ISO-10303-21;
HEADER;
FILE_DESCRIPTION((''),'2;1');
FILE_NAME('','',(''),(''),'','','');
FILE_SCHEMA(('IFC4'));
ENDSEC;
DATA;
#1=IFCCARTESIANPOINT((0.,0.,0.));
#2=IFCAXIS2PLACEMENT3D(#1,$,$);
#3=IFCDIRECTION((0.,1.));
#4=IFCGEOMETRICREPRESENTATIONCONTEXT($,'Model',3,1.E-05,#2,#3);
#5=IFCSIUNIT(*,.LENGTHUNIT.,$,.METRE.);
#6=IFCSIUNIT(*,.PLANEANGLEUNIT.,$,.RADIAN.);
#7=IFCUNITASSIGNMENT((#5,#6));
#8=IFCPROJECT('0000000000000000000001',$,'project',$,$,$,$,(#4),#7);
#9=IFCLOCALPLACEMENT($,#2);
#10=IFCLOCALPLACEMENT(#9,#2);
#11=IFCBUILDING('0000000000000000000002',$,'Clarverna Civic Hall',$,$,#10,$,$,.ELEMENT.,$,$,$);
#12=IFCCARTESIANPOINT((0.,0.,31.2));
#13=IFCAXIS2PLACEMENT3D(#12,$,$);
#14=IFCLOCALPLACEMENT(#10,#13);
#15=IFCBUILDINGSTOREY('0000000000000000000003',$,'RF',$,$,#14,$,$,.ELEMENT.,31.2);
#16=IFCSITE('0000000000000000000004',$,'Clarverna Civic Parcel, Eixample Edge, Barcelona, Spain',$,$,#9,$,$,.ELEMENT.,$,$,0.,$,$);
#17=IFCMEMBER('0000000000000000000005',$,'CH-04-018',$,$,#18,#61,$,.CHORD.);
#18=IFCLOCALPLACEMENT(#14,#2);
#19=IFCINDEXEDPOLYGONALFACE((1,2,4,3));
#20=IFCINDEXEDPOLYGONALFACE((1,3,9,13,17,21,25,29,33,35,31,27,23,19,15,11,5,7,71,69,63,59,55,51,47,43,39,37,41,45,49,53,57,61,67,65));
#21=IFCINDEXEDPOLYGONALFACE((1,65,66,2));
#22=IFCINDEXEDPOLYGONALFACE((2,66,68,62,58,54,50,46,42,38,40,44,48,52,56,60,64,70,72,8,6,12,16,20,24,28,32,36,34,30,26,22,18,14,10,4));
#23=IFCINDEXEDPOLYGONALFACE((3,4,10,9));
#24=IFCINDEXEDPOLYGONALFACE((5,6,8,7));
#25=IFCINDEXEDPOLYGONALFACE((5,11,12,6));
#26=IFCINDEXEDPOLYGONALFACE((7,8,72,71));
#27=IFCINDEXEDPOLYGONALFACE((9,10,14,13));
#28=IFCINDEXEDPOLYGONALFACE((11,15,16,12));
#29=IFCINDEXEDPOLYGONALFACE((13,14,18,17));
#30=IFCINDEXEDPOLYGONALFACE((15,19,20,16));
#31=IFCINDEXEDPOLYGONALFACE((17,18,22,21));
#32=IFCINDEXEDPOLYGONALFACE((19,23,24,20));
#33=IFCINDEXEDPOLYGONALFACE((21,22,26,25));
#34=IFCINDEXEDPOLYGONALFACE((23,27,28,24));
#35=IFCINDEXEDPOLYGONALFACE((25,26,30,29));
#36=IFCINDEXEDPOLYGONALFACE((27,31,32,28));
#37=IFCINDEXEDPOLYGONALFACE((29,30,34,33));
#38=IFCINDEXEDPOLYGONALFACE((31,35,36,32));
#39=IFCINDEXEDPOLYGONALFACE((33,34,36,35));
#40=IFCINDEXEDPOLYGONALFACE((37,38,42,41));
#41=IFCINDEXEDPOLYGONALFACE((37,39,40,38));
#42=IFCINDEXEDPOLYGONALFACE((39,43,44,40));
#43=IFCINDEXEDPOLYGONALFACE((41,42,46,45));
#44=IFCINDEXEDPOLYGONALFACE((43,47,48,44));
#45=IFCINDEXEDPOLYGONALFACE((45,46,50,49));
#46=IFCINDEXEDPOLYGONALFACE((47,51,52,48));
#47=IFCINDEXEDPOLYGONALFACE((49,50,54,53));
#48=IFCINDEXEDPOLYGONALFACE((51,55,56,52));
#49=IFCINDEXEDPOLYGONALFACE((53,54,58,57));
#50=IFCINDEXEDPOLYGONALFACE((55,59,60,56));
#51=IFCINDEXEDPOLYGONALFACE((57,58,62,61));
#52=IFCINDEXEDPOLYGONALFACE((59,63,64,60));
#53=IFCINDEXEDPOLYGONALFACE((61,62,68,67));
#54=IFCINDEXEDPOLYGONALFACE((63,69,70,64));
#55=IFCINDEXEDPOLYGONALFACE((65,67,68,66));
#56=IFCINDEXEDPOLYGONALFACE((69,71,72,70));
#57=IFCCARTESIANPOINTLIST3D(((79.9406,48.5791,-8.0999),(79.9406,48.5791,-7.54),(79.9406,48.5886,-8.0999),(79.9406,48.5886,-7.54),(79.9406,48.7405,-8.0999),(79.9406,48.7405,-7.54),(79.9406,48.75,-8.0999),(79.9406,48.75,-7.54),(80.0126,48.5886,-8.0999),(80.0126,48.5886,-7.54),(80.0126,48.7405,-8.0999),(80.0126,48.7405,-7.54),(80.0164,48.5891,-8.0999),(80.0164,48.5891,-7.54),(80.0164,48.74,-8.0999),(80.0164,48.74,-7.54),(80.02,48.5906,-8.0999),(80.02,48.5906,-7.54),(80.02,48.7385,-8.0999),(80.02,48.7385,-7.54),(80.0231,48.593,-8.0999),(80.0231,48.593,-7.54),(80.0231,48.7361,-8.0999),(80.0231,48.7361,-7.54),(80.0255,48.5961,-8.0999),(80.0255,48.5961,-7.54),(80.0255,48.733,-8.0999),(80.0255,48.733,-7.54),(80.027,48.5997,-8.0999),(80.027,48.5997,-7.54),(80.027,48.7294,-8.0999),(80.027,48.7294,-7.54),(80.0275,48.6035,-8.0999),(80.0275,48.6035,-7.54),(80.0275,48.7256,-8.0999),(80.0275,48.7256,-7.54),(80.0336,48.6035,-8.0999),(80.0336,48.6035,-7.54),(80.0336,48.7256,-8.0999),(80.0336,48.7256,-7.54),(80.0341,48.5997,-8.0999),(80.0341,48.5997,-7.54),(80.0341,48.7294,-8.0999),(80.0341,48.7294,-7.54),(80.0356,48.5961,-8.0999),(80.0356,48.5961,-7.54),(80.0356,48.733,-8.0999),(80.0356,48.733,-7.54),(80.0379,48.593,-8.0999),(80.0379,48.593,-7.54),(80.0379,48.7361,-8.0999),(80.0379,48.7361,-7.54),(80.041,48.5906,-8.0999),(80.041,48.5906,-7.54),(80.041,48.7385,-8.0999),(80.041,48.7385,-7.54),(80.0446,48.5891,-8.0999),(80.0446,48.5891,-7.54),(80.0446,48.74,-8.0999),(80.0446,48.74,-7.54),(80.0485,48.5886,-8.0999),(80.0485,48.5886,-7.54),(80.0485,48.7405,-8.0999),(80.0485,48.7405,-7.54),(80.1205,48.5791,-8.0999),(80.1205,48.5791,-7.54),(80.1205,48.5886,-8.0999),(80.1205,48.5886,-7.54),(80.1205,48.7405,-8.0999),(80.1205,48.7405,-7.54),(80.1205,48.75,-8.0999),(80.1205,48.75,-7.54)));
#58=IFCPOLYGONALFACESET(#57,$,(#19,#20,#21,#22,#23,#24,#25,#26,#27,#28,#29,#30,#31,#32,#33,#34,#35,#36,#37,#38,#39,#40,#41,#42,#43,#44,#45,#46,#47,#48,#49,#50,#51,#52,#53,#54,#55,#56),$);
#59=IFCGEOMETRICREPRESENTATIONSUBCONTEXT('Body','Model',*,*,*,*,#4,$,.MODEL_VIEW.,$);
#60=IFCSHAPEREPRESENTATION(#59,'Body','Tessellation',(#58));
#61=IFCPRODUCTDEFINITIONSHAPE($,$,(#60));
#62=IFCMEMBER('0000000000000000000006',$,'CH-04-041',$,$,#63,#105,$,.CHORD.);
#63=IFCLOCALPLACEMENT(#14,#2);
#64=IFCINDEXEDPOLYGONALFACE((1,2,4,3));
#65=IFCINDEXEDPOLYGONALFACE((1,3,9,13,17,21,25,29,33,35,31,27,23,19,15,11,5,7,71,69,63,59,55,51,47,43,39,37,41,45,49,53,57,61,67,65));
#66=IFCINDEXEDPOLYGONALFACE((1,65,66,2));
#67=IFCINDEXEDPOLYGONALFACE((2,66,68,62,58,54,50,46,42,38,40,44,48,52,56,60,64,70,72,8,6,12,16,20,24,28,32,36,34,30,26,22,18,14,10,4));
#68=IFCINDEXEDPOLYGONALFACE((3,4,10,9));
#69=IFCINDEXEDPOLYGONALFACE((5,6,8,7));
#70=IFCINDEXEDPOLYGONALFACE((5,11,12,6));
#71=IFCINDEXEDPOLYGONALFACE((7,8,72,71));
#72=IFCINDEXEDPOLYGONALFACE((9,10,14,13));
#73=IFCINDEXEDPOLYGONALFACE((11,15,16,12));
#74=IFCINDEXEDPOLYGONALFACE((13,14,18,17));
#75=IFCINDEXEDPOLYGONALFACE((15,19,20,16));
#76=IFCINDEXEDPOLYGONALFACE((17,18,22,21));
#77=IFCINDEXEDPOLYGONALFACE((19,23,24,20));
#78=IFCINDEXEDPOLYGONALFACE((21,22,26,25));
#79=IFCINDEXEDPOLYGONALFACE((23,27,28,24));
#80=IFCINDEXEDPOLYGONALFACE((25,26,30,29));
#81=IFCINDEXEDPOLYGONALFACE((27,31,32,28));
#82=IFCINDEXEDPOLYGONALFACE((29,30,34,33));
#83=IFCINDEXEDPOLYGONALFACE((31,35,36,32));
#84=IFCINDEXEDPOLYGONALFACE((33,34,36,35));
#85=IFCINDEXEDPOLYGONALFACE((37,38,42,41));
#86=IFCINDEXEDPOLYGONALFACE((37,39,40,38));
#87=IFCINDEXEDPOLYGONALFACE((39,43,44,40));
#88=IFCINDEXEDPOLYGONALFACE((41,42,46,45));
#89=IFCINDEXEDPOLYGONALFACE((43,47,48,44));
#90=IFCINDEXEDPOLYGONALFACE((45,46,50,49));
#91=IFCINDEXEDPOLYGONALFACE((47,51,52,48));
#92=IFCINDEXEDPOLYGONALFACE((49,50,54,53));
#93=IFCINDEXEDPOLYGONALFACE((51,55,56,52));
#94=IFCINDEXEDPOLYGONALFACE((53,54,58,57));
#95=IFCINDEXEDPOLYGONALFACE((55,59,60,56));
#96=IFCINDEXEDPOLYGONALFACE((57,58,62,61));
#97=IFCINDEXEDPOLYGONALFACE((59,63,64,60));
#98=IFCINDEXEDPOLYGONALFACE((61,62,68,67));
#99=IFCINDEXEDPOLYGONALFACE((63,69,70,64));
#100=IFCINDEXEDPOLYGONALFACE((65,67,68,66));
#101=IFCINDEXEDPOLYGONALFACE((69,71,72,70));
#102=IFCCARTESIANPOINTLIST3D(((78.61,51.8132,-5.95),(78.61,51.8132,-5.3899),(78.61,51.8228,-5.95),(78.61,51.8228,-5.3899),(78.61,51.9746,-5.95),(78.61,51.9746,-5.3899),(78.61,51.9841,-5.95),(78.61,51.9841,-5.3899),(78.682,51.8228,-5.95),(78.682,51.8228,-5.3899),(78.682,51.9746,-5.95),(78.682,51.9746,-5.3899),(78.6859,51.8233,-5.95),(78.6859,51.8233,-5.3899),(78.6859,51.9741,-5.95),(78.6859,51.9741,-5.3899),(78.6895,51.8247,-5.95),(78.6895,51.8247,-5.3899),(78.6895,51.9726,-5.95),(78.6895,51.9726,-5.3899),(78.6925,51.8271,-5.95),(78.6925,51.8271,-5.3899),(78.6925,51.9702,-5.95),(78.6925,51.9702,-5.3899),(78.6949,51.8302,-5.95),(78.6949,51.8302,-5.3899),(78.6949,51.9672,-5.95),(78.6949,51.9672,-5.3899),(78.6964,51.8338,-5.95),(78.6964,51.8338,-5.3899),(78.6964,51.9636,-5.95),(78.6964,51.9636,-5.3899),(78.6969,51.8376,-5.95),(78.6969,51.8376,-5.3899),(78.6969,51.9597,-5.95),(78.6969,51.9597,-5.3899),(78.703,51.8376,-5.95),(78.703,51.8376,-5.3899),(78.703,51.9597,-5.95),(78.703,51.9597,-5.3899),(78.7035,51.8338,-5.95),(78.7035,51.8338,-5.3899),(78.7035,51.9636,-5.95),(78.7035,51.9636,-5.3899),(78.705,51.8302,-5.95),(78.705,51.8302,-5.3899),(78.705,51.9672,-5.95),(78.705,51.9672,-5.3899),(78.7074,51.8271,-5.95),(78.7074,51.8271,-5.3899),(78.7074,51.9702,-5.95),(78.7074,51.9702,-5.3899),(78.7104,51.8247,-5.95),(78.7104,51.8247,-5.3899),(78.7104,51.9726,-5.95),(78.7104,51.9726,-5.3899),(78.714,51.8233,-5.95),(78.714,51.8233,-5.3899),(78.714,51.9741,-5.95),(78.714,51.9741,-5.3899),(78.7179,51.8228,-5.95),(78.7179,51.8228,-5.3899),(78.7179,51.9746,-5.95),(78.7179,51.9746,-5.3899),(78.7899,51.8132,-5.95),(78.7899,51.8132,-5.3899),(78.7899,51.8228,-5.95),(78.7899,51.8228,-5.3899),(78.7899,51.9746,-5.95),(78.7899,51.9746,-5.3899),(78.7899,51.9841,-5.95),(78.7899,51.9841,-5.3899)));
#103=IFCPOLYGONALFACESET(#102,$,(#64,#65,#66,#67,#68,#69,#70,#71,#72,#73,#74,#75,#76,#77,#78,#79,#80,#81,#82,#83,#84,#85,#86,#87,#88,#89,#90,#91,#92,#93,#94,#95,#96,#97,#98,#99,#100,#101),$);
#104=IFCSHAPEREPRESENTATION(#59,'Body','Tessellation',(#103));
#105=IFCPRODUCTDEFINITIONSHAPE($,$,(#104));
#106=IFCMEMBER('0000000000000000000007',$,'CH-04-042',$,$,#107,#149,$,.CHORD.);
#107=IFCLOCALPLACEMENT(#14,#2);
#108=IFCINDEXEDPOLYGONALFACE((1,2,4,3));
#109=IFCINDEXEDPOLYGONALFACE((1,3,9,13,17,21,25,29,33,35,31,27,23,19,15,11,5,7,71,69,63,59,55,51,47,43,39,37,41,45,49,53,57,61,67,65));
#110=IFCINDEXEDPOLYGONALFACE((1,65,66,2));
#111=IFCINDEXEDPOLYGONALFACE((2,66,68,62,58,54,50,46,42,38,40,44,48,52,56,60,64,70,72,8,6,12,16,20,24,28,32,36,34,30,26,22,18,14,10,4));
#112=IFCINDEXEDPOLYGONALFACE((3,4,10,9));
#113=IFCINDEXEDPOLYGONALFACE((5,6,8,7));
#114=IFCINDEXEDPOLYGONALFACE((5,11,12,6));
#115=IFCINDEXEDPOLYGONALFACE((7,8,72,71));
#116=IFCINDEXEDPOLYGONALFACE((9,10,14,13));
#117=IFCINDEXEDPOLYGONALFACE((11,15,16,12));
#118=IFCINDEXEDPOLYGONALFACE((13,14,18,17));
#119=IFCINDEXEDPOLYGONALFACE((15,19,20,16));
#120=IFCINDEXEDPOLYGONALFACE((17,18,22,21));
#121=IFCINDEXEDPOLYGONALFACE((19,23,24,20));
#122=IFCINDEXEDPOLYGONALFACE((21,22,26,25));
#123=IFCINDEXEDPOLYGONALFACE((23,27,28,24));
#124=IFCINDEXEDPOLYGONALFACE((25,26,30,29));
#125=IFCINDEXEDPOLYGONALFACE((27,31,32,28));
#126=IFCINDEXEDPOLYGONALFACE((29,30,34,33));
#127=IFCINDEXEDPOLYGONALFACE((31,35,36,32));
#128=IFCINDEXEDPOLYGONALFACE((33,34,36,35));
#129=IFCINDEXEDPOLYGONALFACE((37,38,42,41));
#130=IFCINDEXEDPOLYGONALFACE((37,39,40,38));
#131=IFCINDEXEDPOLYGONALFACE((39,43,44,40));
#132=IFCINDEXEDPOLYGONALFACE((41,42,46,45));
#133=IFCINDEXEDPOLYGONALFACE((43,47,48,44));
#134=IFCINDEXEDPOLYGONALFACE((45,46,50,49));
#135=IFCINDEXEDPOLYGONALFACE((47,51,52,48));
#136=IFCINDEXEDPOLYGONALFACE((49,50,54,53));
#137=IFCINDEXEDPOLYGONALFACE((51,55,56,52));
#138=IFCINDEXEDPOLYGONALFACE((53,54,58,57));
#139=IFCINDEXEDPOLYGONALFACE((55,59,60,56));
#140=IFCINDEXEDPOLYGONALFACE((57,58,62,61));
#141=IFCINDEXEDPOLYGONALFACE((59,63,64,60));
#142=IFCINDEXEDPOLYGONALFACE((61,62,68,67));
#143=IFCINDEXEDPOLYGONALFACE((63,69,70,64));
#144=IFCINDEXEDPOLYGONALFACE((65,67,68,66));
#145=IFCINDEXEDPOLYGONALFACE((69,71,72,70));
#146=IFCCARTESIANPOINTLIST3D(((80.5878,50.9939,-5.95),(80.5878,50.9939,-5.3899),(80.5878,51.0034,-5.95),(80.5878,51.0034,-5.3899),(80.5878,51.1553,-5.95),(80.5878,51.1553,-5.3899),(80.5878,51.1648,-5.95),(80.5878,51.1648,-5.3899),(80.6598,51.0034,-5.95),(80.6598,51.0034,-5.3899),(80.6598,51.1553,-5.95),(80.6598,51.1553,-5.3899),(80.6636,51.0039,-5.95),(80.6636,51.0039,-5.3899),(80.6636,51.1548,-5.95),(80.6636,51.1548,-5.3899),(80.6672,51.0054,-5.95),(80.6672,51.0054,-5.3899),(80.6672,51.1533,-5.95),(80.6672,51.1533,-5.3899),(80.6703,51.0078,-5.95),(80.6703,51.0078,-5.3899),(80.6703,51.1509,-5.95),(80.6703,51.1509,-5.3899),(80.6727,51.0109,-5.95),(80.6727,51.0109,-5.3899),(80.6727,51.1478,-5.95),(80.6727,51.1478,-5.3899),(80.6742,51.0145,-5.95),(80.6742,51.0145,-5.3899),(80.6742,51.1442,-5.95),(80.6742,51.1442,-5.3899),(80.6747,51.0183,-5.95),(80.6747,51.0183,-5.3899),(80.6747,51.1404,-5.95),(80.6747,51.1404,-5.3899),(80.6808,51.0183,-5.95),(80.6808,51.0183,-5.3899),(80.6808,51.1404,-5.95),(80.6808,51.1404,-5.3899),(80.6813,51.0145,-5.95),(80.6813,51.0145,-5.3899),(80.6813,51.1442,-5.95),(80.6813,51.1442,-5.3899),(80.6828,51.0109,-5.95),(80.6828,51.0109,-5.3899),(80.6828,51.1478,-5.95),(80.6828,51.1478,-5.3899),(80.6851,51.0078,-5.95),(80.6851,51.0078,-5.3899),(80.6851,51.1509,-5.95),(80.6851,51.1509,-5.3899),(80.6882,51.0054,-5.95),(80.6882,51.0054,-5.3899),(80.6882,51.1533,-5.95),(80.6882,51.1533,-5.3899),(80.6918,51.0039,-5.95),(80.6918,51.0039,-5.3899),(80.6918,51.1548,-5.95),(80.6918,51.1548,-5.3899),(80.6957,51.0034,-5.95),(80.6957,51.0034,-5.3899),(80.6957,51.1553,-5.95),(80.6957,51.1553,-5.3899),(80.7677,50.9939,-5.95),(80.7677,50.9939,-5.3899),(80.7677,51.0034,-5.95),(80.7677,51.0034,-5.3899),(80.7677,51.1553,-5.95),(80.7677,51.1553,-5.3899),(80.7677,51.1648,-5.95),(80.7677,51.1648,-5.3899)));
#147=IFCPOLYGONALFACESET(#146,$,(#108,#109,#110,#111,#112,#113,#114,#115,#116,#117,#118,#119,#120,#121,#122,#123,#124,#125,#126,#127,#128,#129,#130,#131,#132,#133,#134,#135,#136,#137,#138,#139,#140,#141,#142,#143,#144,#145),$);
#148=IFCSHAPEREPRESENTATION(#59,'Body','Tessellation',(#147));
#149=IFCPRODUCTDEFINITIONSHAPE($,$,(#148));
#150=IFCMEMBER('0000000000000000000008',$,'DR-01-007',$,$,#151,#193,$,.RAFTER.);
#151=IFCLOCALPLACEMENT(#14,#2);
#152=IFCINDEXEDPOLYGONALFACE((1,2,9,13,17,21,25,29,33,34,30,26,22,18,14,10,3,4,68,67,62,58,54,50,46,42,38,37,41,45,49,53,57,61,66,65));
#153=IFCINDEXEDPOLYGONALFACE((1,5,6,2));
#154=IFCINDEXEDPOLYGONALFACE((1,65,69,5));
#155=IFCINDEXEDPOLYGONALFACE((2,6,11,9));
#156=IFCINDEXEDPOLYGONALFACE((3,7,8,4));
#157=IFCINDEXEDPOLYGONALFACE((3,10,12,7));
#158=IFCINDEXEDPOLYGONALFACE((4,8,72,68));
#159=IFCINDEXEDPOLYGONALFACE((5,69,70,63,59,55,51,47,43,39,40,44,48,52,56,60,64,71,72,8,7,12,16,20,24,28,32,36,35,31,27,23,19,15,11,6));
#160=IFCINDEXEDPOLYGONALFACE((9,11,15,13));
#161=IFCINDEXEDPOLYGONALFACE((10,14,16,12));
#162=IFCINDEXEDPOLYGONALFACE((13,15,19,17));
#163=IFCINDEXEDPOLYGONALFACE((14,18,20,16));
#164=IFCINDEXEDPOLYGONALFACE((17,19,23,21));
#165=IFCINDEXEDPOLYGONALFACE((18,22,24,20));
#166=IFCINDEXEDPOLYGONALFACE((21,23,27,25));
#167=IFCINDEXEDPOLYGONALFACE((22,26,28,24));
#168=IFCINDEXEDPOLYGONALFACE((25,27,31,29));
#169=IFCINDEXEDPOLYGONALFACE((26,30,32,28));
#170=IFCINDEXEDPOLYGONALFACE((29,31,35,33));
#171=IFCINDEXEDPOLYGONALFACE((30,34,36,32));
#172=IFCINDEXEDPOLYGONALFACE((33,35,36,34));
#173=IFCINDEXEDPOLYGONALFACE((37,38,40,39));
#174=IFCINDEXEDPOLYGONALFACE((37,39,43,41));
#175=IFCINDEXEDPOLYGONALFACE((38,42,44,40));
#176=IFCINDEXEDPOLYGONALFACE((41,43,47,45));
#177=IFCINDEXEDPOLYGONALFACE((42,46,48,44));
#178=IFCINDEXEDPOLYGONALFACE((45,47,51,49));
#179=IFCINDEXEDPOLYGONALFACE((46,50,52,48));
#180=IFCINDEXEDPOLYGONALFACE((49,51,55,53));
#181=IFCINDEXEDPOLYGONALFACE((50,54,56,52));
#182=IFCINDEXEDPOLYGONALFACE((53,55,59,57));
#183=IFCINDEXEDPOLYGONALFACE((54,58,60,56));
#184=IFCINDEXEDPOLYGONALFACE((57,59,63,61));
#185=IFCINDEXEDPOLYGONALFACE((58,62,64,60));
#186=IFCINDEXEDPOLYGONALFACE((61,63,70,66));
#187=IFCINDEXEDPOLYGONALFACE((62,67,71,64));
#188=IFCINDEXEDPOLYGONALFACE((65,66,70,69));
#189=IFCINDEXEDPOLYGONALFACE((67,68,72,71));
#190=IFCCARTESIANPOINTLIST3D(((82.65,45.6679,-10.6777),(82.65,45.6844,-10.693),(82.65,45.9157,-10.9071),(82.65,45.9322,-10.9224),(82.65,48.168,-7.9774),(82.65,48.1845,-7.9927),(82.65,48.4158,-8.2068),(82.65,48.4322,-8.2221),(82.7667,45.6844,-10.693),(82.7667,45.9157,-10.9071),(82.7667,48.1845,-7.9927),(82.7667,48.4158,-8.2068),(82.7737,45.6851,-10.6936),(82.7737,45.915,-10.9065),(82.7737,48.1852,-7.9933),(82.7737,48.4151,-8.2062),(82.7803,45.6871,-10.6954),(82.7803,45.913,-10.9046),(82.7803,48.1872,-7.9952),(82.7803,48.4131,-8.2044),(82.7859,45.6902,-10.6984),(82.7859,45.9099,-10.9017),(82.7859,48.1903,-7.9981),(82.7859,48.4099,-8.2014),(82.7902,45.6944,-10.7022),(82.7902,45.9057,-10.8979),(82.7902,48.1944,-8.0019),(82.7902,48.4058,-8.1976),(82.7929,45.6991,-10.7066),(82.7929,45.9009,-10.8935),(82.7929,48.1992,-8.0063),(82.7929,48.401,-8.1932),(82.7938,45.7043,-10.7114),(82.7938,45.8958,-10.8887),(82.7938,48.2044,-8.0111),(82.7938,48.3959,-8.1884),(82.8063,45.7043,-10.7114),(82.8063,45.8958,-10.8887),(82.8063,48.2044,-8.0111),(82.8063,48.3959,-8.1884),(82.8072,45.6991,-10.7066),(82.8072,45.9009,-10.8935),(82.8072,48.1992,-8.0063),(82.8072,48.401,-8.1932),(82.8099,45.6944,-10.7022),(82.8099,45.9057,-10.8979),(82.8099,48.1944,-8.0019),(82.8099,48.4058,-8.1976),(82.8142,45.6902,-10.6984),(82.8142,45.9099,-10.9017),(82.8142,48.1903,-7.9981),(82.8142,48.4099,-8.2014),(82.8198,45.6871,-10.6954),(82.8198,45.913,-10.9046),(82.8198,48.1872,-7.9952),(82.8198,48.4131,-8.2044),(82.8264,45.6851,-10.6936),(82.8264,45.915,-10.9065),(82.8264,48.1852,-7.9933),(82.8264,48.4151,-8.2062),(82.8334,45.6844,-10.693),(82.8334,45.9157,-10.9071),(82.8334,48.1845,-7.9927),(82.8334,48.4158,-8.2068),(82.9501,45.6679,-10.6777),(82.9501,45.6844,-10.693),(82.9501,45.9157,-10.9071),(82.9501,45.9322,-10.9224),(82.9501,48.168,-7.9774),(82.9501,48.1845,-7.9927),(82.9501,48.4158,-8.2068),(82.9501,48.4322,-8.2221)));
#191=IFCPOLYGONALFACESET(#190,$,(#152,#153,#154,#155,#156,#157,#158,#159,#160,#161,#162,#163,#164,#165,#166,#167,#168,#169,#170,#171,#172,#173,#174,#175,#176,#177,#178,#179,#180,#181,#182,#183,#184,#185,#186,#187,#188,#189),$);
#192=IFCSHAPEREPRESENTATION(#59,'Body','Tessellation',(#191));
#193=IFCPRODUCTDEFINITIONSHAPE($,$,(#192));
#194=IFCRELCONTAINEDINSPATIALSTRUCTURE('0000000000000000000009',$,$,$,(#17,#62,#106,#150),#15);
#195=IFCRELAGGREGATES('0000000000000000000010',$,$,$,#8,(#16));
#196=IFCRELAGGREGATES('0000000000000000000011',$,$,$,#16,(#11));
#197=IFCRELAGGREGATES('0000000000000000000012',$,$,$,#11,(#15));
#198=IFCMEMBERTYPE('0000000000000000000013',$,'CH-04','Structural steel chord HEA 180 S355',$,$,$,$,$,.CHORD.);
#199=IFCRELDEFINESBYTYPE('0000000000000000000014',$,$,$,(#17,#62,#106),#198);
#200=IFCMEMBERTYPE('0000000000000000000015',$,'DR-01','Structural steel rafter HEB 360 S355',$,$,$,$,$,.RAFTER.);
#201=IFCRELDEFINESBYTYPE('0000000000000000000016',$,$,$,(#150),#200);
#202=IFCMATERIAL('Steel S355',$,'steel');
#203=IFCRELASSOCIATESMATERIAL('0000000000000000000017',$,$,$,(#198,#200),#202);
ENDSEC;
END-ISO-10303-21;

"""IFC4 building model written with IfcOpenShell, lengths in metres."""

from ifc_helpers import new_model, si_unit, direction, frame, origin, origin_2d, place, context, subcontext, project, spatial, i_section, extrude, material, material_profile, profile_set, type_object, element, save


model = new_model("IFC4")

# Units and contexts
model_context = context("Model", 3, precision=1e-05, world=origin(), true_north=direction((0.0, 1.0)))
body_context = subcontext(model_context, "Body", "Model", "MODEL_VIEW")
ifc_project = project(units=[si_unit("LENGTHUNIT", "METRE"), si_unit("PLANEANGLEUNIT", "RADIAN")], contexts=[model_context])

# Site, building, storey
site_placement = place(None, origin())
site = spatial("IfcSite", under=ifc_project, at=site_placement, Name="Clarverna Civic Parcel, Eixample Edge, Barcelona, Spain", CompositionType="ELEMENT", RefElevation=0.0)
building_placement = place(site_placement, origin())
building = spatial("IfcBuilding", under=site, at=building_placement, Name="Clarverna Civic Hall", CompositionType="ELEMENT")
storey_placement = place(building_placement, frame((0.0, 0.0, 31.2)))
storey = spatial("IfcBuildingStorey", under=building, at=storey_placement, Name="RF", CompositionType="ELEMENT", Elevation=31.2)

# Members
ifc_material_1 = material(Name="Steel S355", Category="steel")
ifc_material_profile_1 = material_profile(ifc_material_1, i_section(OverallWidth=0.1799, OverallDepth=0.1709, WebThickness=0.0061, FlangeThickness=0.0095, FilletRadius=0.0149, at=origin_2d()), Name="HEA 180")
ifc_profile_set_1 = profile_set([ifc_material_profile_1], Name="Steel S355")
member_type_1 = type_object("IfcMemberType", Name="CH-04", Description="Structural steel chord HEA 180 S355", PredefinedType="CHORD", material=ifc_profile_set_1)
member_1_placement = place(storey_placement, frame((80.0305, 48.6646, -8.0999), z_axis=(0.0, 0.0, 1.0), x_axis=(1.0, 0.0, 0.0)))
element("IfcMember", 1, at=member_1_placement, inside=storey, type_object=member_type_1, Name="CH-04-018", PredefinedType="CHORD", context=body_context, shape_type="SweptSolid", body=[
    extrude(i_section(OverallWidth=0.1799, OverallDepth=0.1709, WebThickness=0.0061, FlangeThickness=0.0095, FilletRadius=0.0149, at=origin_2d()), origin(), (0.0, 0.0, 1.0), 0.5598),
])
for number, where, z_axis, x_axis, name in (
    (2, (78.7, 51.8987, -5.95), (0.0, 0.0, 1.0), (1.0, 0.0, 0.0), "CH-04-041"),
    (3, (80.6777, 51.0793, -5.95), (0.0, 0.0, 1.0), (1.0, 0.0, 0.0), "CH-04-042"),
):
    element("IfcMember", number, at=place(storey_placement, frame(where, z_axis=z_axis, x_axis=x_axis)), inside=storey, type_object=member_type_1, Name=name, PredefinedType="CHORD", context=body_context, shape_type="SweptSolid", body=[
        extrude(i_section(OverallWidth=0.1799, OverallDepth=0.1709, WebThickness=0.0061, FlangeThickness=0.0095, FilletRadius=0.0149, at=origin_2d()), origin(), (0.0, 0.0, 1.0), 0.5601),
    ])
ifc_material_profile_2 = material_profile(ifc_material_1, i_section(OverallWidth=0.3, OverallDepth=0.3601, WebThickness=0.0125, FlangeThickness=0.0225, FilletRadius=0.0271, at=origin_2d()), Name="HEB 360")
ifc_profile_set_2 = profile_set([ifc_material_profile_2], Name="Steel S355")
member_type_2 = type_object("IfcMemberType", Name="DR-01", Description="Structural steel rafter HEB 360 S355", PredefinedType="RAFTER", material=ifc_profile_set_2)
member_2_placement = place(storey_placement, frame((82.8, 45.8, -10.8), z_axis=(0.0, 0.679382, 0.733785), x_axis=(-1.0, 0.0, 0.0)))
element("IfcMember", 4, at=member_2_placement, inside=storey, type_object=member_type_2, Name="DR-01-007", PredefinedType="RAFTER", context=body_context, shape_type="SweptSolid", body=[
    extrude(i_section(OverallWidth=0.3, OverallDepth=0.3601, WebThickness=0.0125, FlangeThickness=0.0225, FilletRadius=0.0271, at=origin_2d()), origin(), (0.0, 0.0, 1.0), 3.6799),
])

save(model, "model.ifc")
